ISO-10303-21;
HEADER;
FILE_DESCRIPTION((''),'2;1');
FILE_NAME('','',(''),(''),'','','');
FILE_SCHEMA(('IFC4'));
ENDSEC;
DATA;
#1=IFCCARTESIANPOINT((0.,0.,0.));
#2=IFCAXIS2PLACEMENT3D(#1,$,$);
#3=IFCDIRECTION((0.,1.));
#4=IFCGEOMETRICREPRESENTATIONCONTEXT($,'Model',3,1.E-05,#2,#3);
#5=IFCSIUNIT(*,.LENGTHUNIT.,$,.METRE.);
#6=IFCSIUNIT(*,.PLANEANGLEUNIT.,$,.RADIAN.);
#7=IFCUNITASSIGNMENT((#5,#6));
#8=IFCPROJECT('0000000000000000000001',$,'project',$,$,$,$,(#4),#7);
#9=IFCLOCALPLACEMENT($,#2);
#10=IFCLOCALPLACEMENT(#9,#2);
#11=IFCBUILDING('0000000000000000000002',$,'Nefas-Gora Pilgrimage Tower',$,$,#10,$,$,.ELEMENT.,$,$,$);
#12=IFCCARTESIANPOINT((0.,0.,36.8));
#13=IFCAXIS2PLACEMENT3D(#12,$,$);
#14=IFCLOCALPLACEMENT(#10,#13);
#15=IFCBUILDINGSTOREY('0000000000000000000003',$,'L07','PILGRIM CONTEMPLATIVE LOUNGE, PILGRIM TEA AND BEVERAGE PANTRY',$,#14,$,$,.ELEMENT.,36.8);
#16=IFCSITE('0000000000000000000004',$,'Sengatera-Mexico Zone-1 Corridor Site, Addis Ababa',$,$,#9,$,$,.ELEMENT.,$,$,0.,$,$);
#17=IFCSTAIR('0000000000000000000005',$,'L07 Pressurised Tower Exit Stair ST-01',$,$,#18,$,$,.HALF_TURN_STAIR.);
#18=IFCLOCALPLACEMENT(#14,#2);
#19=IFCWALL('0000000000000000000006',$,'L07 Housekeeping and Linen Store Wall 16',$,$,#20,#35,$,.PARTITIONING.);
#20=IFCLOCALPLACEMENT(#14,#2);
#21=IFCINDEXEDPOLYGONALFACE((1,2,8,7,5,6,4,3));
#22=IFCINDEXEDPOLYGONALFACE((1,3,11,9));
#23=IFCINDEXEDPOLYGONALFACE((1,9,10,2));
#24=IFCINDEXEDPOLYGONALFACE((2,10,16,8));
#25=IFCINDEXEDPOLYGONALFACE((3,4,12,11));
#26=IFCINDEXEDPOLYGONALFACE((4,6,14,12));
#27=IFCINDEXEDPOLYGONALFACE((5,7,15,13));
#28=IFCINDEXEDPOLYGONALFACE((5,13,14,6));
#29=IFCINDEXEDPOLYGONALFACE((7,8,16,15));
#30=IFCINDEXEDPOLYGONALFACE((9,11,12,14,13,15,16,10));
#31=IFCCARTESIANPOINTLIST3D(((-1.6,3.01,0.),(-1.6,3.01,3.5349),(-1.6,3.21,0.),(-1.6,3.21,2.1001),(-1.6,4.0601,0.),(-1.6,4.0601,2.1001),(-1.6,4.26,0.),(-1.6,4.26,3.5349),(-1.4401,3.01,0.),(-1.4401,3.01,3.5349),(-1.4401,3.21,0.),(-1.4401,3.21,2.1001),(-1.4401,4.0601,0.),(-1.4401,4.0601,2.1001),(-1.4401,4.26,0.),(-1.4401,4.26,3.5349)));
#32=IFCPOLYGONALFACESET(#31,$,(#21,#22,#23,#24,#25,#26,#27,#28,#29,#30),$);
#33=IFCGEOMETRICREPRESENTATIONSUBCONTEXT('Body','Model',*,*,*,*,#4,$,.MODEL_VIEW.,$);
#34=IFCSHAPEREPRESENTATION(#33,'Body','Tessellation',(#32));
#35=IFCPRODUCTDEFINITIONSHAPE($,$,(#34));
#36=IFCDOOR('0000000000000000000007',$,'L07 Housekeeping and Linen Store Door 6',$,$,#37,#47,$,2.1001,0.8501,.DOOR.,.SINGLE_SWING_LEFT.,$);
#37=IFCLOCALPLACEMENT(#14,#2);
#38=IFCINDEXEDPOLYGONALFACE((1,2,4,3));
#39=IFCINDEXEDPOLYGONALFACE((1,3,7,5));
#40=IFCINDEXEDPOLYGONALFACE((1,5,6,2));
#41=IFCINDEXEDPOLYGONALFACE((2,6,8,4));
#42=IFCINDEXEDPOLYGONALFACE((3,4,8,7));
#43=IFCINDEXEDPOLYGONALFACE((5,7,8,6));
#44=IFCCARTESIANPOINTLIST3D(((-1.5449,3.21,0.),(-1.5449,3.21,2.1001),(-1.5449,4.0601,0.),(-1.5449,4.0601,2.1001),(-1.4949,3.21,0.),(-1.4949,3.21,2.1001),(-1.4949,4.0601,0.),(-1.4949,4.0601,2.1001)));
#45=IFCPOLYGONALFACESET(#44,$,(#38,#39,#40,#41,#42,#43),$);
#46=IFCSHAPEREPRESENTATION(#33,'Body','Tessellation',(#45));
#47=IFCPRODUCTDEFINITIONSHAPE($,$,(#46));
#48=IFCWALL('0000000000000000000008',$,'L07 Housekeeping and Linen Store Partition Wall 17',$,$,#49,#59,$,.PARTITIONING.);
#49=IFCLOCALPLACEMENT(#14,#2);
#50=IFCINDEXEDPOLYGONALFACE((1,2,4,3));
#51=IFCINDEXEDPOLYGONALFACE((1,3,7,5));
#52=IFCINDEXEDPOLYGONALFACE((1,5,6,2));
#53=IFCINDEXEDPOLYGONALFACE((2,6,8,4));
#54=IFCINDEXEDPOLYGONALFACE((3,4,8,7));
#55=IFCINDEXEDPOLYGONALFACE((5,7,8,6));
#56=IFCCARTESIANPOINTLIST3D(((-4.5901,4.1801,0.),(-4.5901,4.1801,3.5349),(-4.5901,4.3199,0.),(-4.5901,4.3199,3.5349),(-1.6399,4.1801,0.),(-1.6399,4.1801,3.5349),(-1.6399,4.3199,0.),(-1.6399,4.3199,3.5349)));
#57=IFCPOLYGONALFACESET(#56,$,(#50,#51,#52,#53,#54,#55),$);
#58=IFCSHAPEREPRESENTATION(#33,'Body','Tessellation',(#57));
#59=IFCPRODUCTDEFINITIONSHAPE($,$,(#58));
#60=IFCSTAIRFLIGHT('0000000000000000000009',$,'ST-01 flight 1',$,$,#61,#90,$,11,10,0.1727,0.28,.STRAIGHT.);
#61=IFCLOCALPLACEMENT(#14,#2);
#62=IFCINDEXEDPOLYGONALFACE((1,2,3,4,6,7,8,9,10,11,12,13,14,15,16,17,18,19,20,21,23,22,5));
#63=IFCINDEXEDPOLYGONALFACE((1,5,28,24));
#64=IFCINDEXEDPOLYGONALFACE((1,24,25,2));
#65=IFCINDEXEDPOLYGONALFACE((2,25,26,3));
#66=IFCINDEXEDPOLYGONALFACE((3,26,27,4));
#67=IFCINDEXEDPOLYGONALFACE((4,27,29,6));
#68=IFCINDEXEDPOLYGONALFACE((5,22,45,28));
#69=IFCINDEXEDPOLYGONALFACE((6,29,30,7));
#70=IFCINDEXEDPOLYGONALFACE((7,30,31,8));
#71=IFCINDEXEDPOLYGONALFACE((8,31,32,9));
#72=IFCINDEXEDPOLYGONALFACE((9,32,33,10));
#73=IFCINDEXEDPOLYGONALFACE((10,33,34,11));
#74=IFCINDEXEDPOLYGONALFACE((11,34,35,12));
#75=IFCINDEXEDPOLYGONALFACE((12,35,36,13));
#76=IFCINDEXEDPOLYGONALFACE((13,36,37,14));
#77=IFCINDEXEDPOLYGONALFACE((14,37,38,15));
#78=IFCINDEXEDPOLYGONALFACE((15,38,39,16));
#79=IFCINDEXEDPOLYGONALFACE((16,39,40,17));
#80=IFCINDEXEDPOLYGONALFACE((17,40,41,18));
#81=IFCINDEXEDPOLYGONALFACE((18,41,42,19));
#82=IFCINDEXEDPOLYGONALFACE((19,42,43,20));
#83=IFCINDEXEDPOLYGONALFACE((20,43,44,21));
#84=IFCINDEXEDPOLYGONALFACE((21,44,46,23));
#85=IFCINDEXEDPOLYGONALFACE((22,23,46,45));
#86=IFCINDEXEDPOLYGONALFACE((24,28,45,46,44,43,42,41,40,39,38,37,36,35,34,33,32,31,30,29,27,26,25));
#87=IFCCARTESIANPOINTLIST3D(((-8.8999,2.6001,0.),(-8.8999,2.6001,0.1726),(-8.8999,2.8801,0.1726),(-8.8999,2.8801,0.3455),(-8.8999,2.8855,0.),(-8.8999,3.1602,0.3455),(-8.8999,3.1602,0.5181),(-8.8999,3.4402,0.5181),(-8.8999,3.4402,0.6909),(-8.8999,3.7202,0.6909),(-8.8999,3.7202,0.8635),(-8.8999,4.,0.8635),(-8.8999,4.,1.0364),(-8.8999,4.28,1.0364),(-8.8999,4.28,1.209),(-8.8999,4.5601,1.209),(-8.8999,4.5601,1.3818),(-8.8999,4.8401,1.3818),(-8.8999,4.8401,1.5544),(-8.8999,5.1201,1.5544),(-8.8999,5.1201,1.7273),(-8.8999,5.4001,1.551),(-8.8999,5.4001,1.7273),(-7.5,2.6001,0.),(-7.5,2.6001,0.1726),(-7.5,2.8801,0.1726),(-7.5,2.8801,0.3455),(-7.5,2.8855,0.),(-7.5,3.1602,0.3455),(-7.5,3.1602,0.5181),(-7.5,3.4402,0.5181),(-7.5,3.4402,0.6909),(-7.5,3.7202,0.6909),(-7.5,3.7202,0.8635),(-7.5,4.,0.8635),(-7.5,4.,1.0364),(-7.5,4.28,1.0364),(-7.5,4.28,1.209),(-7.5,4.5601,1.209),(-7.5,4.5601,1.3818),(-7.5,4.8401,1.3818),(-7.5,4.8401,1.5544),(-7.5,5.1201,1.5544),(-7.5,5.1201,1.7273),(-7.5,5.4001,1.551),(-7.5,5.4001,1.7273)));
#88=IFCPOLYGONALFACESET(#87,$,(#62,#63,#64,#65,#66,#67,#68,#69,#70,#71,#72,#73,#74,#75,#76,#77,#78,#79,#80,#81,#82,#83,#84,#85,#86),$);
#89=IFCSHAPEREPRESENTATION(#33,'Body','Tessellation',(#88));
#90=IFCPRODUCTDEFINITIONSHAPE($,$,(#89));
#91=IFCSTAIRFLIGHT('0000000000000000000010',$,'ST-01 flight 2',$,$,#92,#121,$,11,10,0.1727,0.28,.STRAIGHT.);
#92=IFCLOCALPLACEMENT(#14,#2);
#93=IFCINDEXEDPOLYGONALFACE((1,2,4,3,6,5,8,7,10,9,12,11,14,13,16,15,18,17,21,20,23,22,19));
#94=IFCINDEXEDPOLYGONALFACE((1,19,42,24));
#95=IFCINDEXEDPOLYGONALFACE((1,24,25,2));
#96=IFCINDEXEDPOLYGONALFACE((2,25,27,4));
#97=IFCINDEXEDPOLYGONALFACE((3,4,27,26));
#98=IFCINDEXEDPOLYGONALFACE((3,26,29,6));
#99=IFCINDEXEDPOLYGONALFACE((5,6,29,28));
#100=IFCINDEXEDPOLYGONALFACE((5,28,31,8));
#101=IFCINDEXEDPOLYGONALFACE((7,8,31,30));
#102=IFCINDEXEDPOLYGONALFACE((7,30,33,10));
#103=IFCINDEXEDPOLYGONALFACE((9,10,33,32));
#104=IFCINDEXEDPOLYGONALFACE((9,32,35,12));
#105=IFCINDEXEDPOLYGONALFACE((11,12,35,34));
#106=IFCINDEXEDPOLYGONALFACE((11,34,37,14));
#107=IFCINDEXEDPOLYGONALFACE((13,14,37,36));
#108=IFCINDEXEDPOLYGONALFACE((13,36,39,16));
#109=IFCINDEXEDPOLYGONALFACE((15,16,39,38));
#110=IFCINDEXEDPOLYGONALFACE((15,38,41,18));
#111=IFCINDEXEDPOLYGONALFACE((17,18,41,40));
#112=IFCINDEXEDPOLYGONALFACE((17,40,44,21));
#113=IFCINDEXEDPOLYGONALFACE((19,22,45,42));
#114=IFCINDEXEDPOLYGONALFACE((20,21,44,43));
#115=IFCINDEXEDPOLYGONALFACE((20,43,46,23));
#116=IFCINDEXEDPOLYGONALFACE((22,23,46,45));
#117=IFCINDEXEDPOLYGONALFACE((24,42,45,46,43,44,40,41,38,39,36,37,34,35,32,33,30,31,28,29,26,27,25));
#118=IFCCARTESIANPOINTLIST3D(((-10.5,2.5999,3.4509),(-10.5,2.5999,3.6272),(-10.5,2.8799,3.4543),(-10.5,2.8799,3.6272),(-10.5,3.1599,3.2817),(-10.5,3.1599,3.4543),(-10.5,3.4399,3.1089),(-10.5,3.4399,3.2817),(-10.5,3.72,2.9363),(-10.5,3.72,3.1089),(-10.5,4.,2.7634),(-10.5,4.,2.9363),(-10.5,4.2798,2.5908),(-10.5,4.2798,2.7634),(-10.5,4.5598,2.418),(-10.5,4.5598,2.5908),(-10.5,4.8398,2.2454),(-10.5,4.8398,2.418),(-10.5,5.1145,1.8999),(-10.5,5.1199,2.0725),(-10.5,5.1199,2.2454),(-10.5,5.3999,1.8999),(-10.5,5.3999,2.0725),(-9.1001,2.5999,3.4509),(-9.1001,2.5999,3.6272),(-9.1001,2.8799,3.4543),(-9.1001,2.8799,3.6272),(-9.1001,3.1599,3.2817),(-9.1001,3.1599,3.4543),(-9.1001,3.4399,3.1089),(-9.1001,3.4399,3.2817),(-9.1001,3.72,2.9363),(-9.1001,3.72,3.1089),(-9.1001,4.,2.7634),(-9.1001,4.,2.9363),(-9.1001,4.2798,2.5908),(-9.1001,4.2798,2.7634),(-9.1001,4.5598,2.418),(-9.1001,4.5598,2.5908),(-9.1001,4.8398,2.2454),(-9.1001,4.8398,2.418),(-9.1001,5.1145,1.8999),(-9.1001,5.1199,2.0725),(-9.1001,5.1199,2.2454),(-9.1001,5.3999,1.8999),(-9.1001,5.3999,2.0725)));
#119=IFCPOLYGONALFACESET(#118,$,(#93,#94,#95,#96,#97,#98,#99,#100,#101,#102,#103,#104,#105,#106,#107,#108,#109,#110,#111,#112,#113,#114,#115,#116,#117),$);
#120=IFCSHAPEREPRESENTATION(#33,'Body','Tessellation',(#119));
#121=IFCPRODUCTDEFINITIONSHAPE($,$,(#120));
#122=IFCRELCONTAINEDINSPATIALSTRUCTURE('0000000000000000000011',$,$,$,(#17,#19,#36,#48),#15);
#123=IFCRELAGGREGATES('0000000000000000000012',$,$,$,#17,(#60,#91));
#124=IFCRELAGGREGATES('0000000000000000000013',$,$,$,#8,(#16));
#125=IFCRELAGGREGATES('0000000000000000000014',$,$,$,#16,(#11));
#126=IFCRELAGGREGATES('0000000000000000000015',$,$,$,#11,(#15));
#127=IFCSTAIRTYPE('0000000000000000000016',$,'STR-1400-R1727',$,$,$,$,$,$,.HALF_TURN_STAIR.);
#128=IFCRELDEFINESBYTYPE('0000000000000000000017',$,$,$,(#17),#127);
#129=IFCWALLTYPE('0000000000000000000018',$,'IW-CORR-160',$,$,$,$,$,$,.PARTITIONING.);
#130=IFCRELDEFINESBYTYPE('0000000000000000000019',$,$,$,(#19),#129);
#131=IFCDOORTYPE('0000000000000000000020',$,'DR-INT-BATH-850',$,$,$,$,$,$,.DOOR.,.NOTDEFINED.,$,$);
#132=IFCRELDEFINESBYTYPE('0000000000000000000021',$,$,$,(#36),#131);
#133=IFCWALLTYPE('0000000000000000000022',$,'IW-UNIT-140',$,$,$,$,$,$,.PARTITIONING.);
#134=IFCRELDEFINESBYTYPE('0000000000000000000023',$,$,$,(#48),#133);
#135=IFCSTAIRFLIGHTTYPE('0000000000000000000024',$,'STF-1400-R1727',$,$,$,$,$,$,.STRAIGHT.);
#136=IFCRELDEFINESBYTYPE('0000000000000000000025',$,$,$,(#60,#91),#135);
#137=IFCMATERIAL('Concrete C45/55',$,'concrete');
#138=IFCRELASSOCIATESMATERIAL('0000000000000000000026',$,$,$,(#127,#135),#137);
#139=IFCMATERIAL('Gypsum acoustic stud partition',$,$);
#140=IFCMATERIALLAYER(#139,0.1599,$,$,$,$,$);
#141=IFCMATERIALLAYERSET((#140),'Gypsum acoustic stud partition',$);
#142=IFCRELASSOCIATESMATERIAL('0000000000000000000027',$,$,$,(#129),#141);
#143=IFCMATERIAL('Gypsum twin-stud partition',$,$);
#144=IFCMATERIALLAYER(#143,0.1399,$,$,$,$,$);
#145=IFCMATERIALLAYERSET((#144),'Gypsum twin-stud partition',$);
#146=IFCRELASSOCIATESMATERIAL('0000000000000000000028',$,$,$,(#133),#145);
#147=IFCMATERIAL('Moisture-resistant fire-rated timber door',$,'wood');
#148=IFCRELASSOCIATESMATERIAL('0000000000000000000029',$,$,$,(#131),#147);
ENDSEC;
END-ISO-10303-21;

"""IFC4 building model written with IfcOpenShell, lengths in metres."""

from ifc_helpers import new_model, si_unit, direction, frame, frame_2d, origin, place, context, subcontext, project, spatial, polyline, rectangle, outline, extrude, source, transform, mapped, material, layer, layer_set, type_object, element, fill, aggregate, save


model = new_model("IFC4")

# Units and contexts
model_context = context("Model", 3, precision=1e-05, world=origin(), true_north=direction((0.0, 1.0)))
body_context = subcontext(model_context, "Body", "Model", "MODEL_VIEW")
ifc_project = project(units=[si_unit("LENGTHUNIT", "METRE"), si_unit("PLANEANGLEUNIT", "RADIAN")], contexts=[model_context])

# Site, building, storey
site_placement = place(None, origin())
site = spatial("IfcSite", under=ifc_project, at=site_placement, Name="Sengatera-Mexico Zone-1 Corridor Site, Addis Ababa", CompositionType="ELEMENT", RefElevation=0.0)
building_placement = place(site_placement, origin())
building = spatial("IfcBuilding", under=site, at=building_placement, Name="Nefas-Gora Pilgrimage Tower", CompositionType="ELEMENT")
storey_placement = place(building_placement, frame((0.0, 0.0, 36.8)))
storey = spatial("IfcBuildingStorey", under=building, at=storey_placement, Name="L07", Description="PILGRIM CONTEMPLATIVE LOUNGE, PILGRIM TEA AND BEVERAGE PANTRY", CompositionType="ELEMENT", Elevation=36.8)

# Stair
ifc_material_1 = material(Name="Concrete C45/55", Category="concrete")
stair_type = type_object("IfcStairType", Name="STR-1400-R1727", PredefinedType="HALF_TURN_STAIR", material=ifc_material_1)
stair_1_placement = place(storey_placement, origin())
stair_1 = element("IfcStair", 1, at=stair_1_placement, inside=storey, type_object=stair_type, Name="L07 Pressurised Tower Exit Stair ST-01", PredefinedType="HALF_TURN_STAIR")

# Shared definitions
ifc_material_2 = material(Name="Gypsum acoustic stud partition")
ifc_layer_1 = layer(ifc_material_2, 0.1599)
ifc_layer_set_1 = layer_set([ifc_layer_1], Name="Gypsum acoustic stud partition")
wall_type_1 = type_object("IfcWallType", Name="IW-CORR-160", PredefinedType="PARTITIONING", material=ifc_layer_set_1)
ifc_material_3 = material(Name="Gypsum twin-stud partition")
ifc_layer_2 = layer(ifc_material_3, 0.1399)
ifc_layer_set_2 = layer_set([ifc_layer_2], Name="Gypsum twin-stud partition")
wall_type_2 = type_object("IfcWallType", Name="IW-UNIT-140", PredefinedType="PARTITIONING", material=ifc_layer_set_2)

# Wall, opening, door
shared_shape_1 = source(origin(), body_context, "Body", "SweptSolid", [
    extrude(rectangle(XDim=1.25, YDim=0.1599, at=frame_2d((0.625, 0.0))), origin(), (0.0, 0.0, 1.0), 3.5349),
])
wall_1_placement = place(storey_placement, frame((-1.52, 3.01, 0.0), z_axis=(0.0, 0.0, 1.0), x_axis=(0.0, 1.0, 0.0)))
wall_1 = element("IfcWall", 2, at=wall_1_placement, inside=storey, type_object=wall_type_1, Name="L07 Housekeeping and Linen Store Wall 16", PredefinedType="PARTITIONING", context=body_context, shape_type="MappedRepresentation", body=[
    mapped(shared_shape_1, transform((0.0, 0.0, 0.0), x_axis=(1.0, 0.0, 0.0), y_axis=(0.0, 1.0, 0.0), z_axis=(0.0, 0.0, 1.0), scale=1.0)),
])
opening_1_placement = place(wall_1_placement, frame((0.2, 0.0, 0.0)))
opening_1 = element("IfcOpeningElement", 3, at=opening_1_placement, cuts=wall_1, PredefinedType="OPENING", context=body_context, shape_type="SweptSolid", body=[
    extrude(rectangle(XDim=0.8501, YDim=2.1001, at=frame_2d((0.425, 1.05))), frame((0.0, 0.0898, 0.0), z_axis=(0.0, -1.0, 0.0), x_axis=(1.0, 0.0, 0.0)), (0.0, 0.0, 1.0), 0.1799),
])
ifc_material_4 = material(Name="Moisture-resistant fire-rated timber door", Category="wood")
door_type_1 = type_object("IfcDoorType", Name="DR-INT-BATH-850", OperationType="NOTDEFINED", PredefinedType="DOOR", material=ifc_material_4)
shared_shape_2 = source(origin(), body_context, "Body", "SweptSolid", [
    extrude(rectangle(XDim=0.8501, YDim=2.1001, at=frame_2d((0.425, 1.05))), frame((0.0, 0.0249, 0.0), z_axis=(0.0, -1.0, 0.0), x_axis=(1.0, 0.0, 0.0)), (0.0, 0.0, 1.0), 0.05),
])
door_1_placement = place(opening_1_placement, origin())
door_1 = element("IfcDoor", 4, at=door_1_placement, inside=storey, type_object=door_type_1, Name="L07 Housekeeping and Linen Store Door 6", OperationType="SINGLE_SWING_LEFT", OverallHeight=2.1001, OverallWidth=0.8501, PredefinedType="DOOR", context=body_context, shape_type="MappedRepresentation", body=[
    mapped(shared_shape_2, transform((0.0, 0.0, 0.0), x_axis=(1.0, 0.0, 0.0), y_axis=(0.0, 1.0, 0.0), z_axis=(0.0, 0.0, 1.0), scale=1.0)),
])
fill(opening_1, door_1)

# Wall
shared_shape_3 = source(origin(), body_context, "Body", "SweptSolid", [
    extrude(rectangle(XDim=2.9502, YDim=0.1399, at=frame_2d((1.4751, 0.0))), origin(), (0.0, 0.0, 1.0), 3.5349),
])
wall_2_placement = place(storey_placement, frame((-4.5901, 4.25, 0.0), z_axis=(0.0, 0.0, 1.0), x_axis=(1.0, 0.0, 0.0)))
element("IfcWall", 5, at=wall_2_placement, inside=storey, type_object=wall_type_2, Name="L07 Housekeeping and Linen Store Partition Wall 17", PredefinedType="PARTITIONING", context=body_context, shape_type="MappedRepresentation", body=[
    mapped(shared_shape_3, transform((0.0, 0.0, 0.0), x_axis=(1.0, 0.0, 0.0), y_axis=(0.0, 1.0, 0.0), z_axis=(0.0, 0.0, 1.0), scale=1.0)),
])

# Stair flights
stair_flight_type = type_object("IfcStairFlightType", Name="STF-1400-R1727", PredefinedType="STRAIGHT", material=ifc_material_1)
shared_shape_4 = source(origin(), body_context, "Body", "SweptSolid", [
    extrude(outline(polyline([(0.0, 0.0), (0.0, 0.1726), (0.28, 0.1726), (0.28, 0.3455), (0.5601, 0.3455), (0.5601, 0.5181), (0.8401, 0.5181), (0.8401, 0.6909), (1.1201, 0.6909), (1.1201, 0.8635), (1.3999, 0.8635), (1.3999, 1.0364), (1.6799, 1.0364), (1.6799, 1.209), (1.96, 1.209), (1.96, 1.3818), (2.24, 1.3818), (2.24, 1.5544), (2.52, 1.5544), (2.52, 1.7273), (2.8, 1.7273), (2.8, 1.8999), (2.8, 1.551), (0.2854, 0.0), (0.0, 0.0)])), frame((0.0, 0.7, 0.0), z_axis=(0.0, -1.0, 0.0), x_axis=(1.0, 0.0, 0.0)), (0.0, 0.0, 1.0), 1.3999),
])
stair_flight_1_placement = place(storey_placement, frame((-8.2, 2.6001, 0.0), z_axis=(0.0, 0.0, 1.0), x_axis=(0.0, 1.0, 0.0)))
stair_flight_1 = element("IfcStairFlight", 6, at=stair_flight_1_placement, type_object=stair_flight_type, Name="ST-01 flight 1", NumberOfRisers=11, NumberOfTreads=10, PredefinedType="STRAIGHT", RiserHeight=0.1727, TreadLength=0.28, context=body_context, shape_type="MappedRepresentation", body=[
    mapped(shared_shape_4, transform((0.0, 0.0, 0.0), x_axis=(1.0, 0.0, 0.0), y_axis=(0.0, 1.0, 0.0), z_axis=(0.0, 0.0, 1.0), scale=1.0)),
])
stair_flight_2_placement = place(storey_placement, frame((-9.8, 5.3999, 1.8999), z_axis=(0.0, 0.0, 1.0), x_axis=(0.0, -1.0, 0.0)))
stair_flight_2 = element("IfcStairFlight", 7, at=stair_flight_2_placement, type_object=stair_flight_type, Name="ST-01 flight 2", NumberOfRisers=11, NumberOfTreads=10, PredefinedType="STRAIGHT", RiserHeight=0.1727, TreadLength=0.28, context=body_context, shape_type="MappedRepresentation", body=[
    mapped(shared_shape_4, transform((0.0, 0.0, 0.0), x_axis=(1.0, 0.0, 0.0), y_axis=(0.0, 1.0, 0.0), z_axis=(0.0, 0.0, 1.0), scale=1.0)),
])
aggregate(stair_1, [stair_flight_1, stair_flight_2])

save(model, "model.ifc")
